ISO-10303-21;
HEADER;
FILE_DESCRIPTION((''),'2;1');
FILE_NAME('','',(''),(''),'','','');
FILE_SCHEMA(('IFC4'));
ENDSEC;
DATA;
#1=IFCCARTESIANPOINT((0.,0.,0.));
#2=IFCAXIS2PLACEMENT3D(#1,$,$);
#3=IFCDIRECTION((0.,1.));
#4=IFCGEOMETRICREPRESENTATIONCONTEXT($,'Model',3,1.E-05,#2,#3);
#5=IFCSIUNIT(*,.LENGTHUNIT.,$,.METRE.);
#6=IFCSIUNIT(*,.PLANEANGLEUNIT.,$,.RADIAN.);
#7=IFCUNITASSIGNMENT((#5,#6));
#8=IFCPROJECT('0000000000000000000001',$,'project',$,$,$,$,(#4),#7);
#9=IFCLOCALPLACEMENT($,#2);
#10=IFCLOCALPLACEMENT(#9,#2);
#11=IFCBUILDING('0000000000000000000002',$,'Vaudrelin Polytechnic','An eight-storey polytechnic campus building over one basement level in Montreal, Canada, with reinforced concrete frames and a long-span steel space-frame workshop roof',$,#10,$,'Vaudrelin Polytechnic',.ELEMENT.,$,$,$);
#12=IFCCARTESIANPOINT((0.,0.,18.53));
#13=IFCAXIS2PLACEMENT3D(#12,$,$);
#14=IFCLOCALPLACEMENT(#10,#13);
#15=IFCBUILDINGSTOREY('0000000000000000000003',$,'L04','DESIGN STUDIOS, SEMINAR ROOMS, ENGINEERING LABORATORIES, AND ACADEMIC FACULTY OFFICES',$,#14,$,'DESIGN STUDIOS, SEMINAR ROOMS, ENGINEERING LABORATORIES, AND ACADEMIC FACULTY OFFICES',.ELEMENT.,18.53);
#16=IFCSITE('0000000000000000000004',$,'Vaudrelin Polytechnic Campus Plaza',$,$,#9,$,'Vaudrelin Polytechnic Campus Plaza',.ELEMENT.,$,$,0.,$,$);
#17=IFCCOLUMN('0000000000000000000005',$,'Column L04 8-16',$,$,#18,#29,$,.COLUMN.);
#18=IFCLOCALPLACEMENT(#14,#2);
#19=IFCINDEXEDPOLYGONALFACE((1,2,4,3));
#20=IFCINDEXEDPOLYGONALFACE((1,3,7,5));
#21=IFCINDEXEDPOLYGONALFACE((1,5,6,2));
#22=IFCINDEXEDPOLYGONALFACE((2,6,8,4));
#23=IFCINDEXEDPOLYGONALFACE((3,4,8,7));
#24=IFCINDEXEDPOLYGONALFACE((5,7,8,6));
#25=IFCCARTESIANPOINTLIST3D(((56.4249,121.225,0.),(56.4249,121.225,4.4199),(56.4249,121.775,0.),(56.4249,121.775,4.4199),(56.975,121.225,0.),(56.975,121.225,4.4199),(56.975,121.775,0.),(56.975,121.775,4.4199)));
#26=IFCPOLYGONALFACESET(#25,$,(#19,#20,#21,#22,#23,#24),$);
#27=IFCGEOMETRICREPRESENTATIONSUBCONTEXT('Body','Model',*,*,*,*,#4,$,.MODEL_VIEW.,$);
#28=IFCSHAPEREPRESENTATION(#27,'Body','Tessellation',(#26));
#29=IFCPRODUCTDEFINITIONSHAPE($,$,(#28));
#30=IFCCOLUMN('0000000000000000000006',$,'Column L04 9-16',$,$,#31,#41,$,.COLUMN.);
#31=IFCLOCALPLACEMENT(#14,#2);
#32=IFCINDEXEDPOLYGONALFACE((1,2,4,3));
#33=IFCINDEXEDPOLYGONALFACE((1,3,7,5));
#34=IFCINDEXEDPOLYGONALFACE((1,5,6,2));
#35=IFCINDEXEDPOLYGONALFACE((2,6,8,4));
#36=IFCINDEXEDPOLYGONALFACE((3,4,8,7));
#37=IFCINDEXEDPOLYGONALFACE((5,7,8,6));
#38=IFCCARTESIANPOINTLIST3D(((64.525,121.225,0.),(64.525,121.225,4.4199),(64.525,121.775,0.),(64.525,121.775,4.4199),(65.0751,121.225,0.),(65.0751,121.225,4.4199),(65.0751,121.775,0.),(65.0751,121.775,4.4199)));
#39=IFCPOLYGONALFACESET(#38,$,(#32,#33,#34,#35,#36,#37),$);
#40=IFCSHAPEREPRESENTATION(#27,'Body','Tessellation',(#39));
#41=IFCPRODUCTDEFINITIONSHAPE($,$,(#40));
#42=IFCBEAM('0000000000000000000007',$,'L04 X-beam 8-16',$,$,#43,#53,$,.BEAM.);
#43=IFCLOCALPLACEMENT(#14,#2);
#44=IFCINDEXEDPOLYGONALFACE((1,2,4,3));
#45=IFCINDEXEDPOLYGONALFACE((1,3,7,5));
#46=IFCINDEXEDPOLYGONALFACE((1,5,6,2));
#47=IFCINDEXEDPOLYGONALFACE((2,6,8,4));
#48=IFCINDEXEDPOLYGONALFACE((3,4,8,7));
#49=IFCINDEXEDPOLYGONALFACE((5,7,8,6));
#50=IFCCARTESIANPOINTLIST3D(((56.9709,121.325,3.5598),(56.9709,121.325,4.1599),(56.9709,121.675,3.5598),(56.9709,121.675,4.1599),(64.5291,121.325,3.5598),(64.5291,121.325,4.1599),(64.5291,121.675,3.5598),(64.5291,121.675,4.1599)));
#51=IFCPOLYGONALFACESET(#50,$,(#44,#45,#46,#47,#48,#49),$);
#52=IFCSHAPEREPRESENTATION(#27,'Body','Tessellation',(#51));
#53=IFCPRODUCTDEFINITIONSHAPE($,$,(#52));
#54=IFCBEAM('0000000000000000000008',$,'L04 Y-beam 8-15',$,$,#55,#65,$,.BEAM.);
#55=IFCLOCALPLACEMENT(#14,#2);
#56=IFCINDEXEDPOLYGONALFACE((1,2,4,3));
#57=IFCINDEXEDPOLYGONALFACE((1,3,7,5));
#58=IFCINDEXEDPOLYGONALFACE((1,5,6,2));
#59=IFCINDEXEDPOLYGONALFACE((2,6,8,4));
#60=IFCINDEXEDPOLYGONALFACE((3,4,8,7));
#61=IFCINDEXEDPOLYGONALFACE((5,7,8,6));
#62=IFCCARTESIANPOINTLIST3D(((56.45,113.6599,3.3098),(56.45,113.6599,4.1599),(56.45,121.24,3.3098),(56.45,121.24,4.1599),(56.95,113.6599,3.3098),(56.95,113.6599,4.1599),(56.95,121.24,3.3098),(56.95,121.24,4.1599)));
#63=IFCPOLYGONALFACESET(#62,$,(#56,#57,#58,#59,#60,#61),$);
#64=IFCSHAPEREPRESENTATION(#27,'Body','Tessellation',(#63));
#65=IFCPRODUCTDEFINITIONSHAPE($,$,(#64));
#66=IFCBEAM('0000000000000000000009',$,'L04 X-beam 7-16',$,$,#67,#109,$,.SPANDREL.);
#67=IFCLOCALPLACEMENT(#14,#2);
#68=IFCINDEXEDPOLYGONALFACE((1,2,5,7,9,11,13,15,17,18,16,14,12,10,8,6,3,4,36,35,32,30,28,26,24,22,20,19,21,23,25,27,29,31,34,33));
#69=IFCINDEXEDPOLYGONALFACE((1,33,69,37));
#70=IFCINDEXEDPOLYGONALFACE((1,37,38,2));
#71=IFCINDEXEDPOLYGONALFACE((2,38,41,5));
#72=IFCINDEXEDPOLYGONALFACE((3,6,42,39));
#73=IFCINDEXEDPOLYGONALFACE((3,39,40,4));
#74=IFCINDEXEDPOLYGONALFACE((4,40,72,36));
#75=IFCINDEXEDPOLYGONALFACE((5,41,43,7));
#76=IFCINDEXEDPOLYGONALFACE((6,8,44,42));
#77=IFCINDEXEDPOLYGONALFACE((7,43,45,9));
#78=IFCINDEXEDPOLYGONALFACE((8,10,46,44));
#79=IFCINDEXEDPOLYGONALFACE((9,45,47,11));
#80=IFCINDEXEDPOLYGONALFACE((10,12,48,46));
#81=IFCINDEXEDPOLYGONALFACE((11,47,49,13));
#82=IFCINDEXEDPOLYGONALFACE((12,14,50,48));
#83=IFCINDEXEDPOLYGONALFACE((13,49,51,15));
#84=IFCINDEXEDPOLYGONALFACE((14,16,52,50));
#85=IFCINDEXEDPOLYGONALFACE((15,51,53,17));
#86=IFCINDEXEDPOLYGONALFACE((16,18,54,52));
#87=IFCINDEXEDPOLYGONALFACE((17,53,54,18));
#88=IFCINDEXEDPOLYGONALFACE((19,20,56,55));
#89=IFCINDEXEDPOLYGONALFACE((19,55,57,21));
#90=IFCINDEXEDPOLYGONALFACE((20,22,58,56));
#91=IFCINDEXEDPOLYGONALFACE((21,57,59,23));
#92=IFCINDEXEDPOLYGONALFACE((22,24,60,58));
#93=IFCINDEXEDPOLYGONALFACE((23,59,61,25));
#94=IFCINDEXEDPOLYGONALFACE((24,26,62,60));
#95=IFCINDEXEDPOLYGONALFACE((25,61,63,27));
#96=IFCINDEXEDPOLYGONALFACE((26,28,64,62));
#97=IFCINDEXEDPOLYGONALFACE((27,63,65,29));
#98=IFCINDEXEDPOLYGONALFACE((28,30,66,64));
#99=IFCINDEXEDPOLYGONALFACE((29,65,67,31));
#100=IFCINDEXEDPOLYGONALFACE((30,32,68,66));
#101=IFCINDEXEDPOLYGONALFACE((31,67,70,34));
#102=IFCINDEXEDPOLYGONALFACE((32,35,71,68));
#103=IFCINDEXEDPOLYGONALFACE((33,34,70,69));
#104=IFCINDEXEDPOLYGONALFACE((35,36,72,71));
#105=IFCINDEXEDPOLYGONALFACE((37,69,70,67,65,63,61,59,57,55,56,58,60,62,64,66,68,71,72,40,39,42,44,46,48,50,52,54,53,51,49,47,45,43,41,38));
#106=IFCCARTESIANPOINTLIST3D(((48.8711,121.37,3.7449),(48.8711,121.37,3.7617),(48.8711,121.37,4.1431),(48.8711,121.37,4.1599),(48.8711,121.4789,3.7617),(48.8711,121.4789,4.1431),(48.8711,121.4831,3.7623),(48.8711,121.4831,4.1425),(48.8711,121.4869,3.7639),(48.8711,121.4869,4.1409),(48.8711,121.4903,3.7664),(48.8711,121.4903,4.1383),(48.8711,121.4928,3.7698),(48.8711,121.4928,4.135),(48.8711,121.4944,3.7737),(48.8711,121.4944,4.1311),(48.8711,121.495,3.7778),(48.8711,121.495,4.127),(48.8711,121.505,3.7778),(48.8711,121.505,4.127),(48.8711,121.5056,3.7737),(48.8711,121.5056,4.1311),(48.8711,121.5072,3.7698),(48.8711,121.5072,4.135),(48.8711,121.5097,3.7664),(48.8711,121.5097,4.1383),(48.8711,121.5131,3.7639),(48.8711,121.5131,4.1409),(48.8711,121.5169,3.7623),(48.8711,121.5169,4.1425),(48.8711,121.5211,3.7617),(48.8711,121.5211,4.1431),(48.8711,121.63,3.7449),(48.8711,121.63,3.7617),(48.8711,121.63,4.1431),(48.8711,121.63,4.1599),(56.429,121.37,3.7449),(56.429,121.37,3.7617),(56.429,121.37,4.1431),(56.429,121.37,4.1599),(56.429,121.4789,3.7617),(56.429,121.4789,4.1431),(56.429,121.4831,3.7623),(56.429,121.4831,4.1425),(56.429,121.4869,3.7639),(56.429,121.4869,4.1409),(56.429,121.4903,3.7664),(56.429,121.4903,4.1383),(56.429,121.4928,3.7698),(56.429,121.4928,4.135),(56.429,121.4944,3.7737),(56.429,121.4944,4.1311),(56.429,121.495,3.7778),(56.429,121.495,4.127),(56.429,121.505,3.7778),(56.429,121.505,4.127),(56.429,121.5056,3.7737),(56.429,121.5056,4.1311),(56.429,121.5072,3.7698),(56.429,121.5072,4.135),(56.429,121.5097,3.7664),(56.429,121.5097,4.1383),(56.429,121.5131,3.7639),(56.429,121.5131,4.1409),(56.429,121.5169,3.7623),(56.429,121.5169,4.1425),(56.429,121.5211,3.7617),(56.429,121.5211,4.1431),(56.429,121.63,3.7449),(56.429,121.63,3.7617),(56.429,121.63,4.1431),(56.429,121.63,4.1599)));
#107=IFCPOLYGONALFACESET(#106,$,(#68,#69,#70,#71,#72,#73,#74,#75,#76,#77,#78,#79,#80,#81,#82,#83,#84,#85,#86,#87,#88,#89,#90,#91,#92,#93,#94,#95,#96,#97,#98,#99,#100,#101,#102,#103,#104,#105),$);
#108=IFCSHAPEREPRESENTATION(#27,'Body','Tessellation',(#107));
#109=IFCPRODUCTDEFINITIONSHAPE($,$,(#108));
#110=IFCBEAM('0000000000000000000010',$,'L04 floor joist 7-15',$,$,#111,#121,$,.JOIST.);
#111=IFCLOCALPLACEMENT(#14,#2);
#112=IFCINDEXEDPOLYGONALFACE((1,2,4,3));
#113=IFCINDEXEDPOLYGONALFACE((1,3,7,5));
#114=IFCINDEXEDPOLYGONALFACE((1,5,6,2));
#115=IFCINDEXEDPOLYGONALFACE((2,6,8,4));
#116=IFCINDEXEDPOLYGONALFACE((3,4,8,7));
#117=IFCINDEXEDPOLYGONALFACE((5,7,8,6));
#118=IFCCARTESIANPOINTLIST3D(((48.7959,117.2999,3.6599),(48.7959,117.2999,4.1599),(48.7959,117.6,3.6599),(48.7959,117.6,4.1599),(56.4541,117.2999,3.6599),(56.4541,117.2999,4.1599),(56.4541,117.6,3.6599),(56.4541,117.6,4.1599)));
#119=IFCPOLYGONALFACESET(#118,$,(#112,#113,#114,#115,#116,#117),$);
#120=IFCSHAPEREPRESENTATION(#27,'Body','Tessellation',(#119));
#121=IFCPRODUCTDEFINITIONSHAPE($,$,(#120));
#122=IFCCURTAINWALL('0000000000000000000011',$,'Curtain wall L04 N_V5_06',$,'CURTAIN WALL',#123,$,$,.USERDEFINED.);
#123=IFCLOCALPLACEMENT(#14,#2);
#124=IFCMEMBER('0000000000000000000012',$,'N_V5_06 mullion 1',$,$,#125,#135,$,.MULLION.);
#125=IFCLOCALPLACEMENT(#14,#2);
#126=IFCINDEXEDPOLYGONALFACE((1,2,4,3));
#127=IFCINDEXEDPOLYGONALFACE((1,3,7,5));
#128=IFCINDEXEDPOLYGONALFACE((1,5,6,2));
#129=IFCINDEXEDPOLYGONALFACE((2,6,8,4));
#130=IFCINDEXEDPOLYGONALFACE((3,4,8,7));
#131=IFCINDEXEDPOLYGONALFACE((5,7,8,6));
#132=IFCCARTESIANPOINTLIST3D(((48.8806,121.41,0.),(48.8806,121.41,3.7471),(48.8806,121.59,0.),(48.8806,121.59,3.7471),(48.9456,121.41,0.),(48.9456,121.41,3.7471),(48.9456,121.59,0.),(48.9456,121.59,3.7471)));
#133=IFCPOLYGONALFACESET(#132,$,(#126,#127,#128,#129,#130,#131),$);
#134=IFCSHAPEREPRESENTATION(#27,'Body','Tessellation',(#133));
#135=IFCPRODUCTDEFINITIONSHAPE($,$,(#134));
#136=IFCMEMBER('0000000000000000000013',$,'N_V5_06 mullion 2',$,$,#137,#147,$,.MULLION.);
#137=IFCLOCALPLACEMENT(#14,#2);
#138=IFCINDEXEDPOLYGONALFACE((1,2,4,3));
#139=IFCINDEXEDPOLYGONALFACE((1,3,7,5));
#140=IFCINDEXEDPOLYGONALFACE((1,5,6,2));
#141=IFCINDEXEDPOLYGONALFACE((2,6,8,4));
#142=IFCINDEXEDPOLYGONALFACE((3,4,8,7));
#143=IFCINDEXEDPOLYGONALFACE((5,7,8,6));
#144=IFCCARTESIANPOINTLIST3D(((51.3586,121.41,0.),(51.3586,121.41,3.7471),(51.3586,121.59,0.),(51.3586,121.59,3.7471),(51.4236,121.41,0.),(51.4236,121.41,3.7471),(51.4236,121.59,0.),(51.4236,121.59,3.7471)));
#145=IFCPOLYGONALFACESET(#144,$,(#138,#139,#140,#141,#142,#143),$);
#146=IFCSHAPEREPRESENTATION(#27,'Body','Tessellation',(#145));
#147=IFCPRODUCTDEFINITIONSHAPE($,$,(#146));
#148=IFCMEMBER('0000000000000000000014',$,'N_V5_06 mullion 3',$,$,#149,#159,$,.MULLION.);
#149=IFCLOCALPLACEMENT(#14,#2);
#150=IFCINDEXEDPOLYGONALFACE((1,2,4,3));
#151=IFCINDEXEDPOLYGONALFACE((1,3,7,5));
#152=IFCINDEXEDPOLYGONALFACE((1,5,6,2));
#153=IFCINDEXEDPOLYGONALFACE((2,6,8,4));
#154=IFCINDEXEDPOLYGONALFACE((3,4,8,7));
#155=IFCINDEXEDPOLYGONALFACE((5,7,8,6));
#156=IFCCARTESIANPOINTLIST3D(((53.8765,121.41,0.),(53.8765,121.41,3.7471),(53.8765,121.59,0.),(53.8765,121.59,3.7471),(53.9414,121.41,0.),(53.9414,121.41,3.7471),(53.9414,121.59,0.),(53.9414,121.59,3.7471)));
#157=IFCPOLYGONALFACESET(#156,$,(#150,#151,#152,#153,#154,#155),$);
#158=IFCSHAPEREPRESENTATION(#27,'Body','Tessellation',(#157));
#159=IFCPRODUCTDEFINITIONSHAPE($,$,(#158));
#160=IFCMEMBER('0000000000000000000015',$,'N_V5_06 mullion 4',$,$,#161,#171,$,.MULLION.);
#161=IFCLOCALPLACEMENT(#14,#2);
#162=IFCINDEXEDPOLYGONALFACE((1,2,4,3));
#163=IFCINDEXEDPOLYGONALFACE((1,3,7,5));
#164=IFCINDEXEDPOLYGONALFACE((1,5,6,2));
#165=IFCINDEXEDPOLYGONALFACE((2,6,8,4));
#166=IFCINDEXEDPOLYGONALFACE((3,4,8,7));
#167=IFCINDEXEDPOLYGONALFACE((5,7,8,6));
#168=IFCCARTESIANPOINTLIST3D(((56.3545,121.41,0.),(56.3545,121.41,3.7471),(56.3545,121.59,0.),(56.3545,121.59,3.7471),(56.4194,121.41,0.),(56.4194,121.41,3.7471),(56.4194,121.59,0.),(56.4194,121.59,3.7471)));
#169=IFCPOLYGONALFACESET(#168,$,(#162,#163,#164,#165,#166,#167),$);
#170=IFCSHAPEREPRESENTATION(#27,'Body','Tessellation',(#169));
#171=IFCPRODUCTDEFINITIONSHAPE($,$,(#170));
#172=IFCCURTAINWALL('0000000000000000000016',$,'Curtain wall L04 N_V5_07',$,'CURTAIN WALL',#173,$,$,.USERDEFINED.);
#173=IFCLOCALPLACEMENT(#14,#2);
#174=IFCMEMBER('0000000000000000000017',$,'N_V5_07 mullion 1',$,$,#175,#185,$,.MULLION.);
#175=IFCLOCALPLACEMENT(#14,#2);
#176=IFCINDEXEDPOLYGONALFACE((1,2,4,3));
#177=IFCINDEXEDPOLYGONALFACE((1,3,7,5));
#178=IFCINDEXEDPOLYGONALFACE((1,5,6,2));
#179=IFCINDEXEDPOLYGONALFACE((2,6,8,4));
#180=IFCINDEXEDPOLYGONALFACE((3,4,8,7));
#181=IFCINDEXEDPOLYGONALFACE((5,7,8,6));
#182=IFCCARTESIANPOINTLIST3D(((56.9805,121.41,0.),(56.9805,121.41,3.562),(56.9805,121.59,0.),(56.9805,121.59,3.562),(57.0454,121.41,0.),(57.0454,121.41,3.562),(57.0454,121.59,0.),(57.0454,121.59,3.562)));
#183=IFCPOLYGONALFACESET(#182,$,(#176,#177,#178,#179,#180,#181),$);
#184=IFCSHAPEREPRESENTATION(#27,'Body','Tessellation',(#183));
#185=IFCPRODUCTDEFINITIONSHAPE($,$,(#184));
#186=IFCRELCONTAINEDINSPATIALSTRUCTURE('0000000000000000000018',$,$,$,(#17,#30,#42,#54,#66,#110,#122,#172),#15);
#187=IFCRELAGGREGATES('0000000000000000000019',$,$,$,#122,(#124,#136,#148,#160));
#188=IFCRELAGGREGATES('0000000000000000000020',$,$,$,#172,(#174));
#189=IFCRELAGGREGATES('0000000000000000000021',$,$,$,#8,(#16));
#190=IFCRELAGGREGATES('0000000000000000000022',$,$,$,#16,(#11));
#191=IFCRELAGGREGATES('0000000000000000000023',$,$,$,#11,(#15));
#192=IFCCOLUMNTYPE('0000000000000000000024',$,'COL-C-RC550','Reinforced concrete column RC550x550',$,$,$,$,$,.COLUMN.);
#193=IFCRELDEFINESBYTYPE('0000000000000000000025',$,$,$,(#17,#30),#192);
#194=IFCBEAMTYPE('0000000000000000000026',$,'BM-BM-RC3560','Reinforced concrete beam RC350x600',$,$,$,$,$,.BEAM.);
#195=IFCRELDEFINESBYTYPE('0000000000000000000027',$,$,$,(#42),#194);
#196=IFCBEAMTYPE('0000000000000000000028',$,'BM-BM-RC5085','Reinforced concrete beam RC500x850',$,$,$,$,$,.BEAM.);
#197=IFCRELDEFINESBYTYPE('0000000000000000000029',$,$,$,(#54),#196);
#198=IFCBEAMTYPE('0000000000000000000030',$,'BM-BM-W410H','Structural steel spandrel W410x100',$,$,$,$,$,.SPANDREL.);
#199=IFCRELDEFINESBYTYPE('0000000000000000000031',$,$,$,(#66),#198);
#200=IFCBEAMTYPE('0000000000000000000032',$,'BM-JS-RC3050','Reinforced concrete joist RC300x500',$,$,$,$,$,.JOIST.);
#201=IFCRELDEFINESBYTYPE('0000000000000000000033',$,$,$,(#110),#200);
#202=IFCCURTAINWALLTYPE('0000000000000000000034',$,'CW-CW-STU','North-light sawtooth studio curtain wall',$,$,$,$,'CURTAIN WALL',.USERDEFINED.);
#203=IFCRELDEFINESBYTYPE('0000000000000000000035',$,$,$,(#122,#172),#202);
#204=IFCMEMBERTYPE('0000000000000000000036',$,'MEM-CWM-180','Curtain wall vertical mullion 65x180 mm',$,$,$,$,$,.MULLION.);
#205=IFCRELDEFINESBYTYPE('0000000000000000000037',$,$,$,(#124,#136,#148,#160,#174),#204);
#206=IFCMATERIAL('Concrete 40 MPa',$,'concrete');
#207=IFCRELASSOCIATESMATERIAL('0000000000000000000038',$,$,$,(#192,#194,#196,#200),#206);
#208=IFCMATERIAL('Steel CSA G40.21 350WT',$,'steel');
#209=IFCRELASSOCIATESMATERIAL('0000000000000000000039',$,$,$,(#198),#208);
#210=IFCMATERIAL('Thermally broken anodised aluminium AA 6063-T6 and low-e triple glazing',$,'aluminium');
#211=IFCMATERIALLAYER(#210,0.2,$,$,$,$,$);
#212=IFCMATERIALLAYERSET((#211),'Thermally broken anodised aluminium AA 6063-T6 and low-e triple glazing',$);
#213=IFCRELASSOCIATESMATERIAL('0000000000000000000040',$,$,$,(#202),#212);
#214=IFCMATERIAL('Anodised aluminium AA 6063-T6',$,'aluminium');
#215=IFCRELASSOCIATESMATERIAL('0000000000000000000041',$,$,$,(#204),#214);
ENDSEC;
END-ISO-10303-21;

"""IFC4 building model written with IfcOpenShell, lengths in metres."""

from ifc_helpers import new_model, si_unit, direction, frame, origin, origin_2d, place, context, subcontext, project, spatial, rectangle, i_section, extrude, material, layer, layer_set, material_profile, profile_set, type_object, element, aggregate, save


model = new_model("IFC4")

# Units and contexts
model_context = context("Model", 3, precision=1e-05, world=origin(), true_north=direction((0.0, 1.0)))
body_context = subcontext(model_context, "Body", "Model", "MODEL_VIEW")
ifc_project = project(units=[si_unit("LENGTHUNIT", "METRE"), si_unit("PLANEANGLEUNIT", "RADIAN")], contexts=[model_context])

# Site, building, storey
site_placement = place(None, origin())
site = spatial("IfcSite", under=ifc_project, at=site_placement, Name="Vaudrelin Polytechnic Campus Plaza", LongName="Vaudrelin Polytechnic Campus Plaza", CompositionType="ELEMENT", RefElevation=0.0)
building_placement = place(site_placement, origin())
building = spatial("IfcBuilding", under=site, at=building_placement, Name="Vaudrelin Polytechnic", Description="An eight-storey polytechnic campus building over one basement level in Montreal, Canada, with reinforced concrete frames and a long-span steel space-frame workshop roof", LongName="Vaudrelin Polytechnic", CompositionType="ELEMENT")
storey_placement = place(building_placement, frame((0.0, 0.0, 18.53)))
storey = spatial("IfcBuildingStorey", under=building, at=storey_placement, Name="L04", Description="DESIGN STUDIOS, SEMINAR ROOMS, ENGINEERING LABORATORIES, AND ACADEMIC FACULTY OFFICES", LongName="DESIGN STUDIOS, SEMINAR ROOMS, ENGINEERING LABORATORIES, AND ACADEMIC FACULTY OFFICES", CompositionType="ELEMENT", Elevation=18.53)

# Columns
ifc_material_1 = material(Name="Concrete 40 MPa", Category="concrete")
ifc_material_profile_1 = material_profile(ifc_material_1, rectangle(XDim=0.55, YDim=0.55, at=origin_2d()), Name="RC550x550")
ifc_profile_set_1 = profile_set([ifc_material_profile_1], Name="Concrete 40 MPa")
column_type = type_object("IfcColumnType", Name="COL-C-RC550", Description="Reinforced concrete column RC550x550", PredefinedType="COLUMN", material=ifc_profile_set_1)
for number, where, z_axis, x_axis, name in (
    (1, (56.7, 121.5, 0.0), (0.0, 0.0, 1.0), (1.0, 0.0, 0.0), "Column L04 8-16"),
    (2, (64.8, 121.5, 0.0), (0.0, 0.0, 1.0), (1.0, 0.0, 0.0), "Column L04 9-16"),
):
    element("IfcColumn", number, at=place(storey_placement, frame(where, z_axis=z_axis, x_axis=x_axis)), inside=storey, type_object=column_type, Name=name, PredefinedType="COLUMN", context=body_context, shape_type="SweptSolid", body=[
        extrude(rectangle(XDim=0.55, YDim=0.55, at=origin_2d()), origin(), (0.0, 0.0, 1.0), 4.4199),
    ])

# Beams
ifc_material_profile_2 = material_profile(ifc_material_1, rectangle(XDim=0.3501, YDim=0.6001, at=origin_2d()), Name="RC350x600")
ifc_profile_set_2 = profile_set([ifc_material_profile_2], Name="Concrete 40 MPa")
beam_type_1 = type_object("IfcBeamType", Name="BM-BM-RC3560", Description="Reinforced concrete beam RC350x600", PredefinedType="BEAM", material=ifc_profile_set_2)
beam_1_placement = place(storey_placement, frame((56.9709, 121.5, 3.8599), z_axis=(1.0, 0.0, 0.0), x_axis=(0.0, 1.0, 0.0)))
element("IfcBeam", 3, at=beam_1_placement, inside=storey, type_object=beam_type_1, Name="L04 X-beam 8-16", PredefinedType="BEAM", context=body_context, shape_type="SweptSolid", body=[
    extrude(rectangle(XDim=0.3501, YDim=0.6001, at=origin_2d()), origin(), (0.0, 0.0, 1.0), 7.5581),
])
ifc_material_profile_3 = material_profile(ifc_material_1, rectangle(XDim=0.5, YDim=0.8501, at=origin_2d()), Name="RC500x850")
ifc_profile_set_3 = profile_set([ifc_material_profile_3], Name="Concrete 40 MPa")
beam_type_2 = type_object("IfcBeamType", Name="BM-BM-RC5085", Description="Reinforced concrete beam RC500x850", PredefinedType="BEAM", material=ifc_profile_set_3)
beam_2_placement = place(storey_placement, frame((56.7, 113.6599, 3.7349), z_axis=(0.0, 1.0, 0.0), x_axis=(-1.0, 0.0, 0.0)))
element("IfcBeam", 4, at=beam_2_placement, inside=storey, type_object=beam_type_2, Name="L04 Y-beam 8-15", PredefinedType="BEAM", context=body_context, shape_type="SweptSolid", body=[
    extrude(rectangle(XDim=0.5, YDim=0.8501, at=origin_2d()), origin(), (0.0, 0.0, 1.0), 7.5801),
])
ifc_material_2 = material(Name="Steel CSA G40.21 350WT", Category="steel")
ifc_material_profile_4 = material_profile(ifc_material_2, i_section(OverallWidth=0.26, OverallDepth=0.415, WebThickness=0.01, FlangeThickness=0.0168, FilletRadius=0.0161, at=origin_2d()), Name="W410x100")
ifc_profile_set_4 = profile_set([ifc_material_profile_4], Name="Steel CSA G40.21 350WT")
beam_type_3 = type_object("IfcBeamType", Name="BM-BM-W410H", Description="Structural steel spandrel W410x100", PredefinedType="SPANDREL", material=ifc_profile_set_4)
beam_3_placement = place(storey_placement, frame((48.8711, 121.5, 3.9524), z_axis=(1.0, 0.0, 0.0), x_axis=(0.0, 1.0, 0.0)))
element("IfcBeam", 5, at=beam_3_placement, inside=storey, type_object=beam_type_3, Name="L04 X-beam 7-16", PredefinedType="SPANDREL", context=body_context, shape_type="SweptSolid", body=[
    extrude(i_section(OverallWidth=0.26, OverallDepth=0.415, WebThickness=0.01, FlangeThickness=0.0168, FilletRadius=0.0161, at=origin_2d()), origin(), (0.0, 0.0, 1.0), 7.5579),
])
ifc_material_profile_5 = material_profile(ifc_material_1, rectangle(XDim=0.3, YDim=0.5, at=origin_2d()), Name="RC300x500")
ifc_profile_set_5 = profile_set([ifc_material_profile_5], Name="Concrete 40 MPa")
beam_type_4 = type_object("IfcBeamType", Name="BM-JS-RC3050", Description="Reinforced concrete joist RC300x500", PredefinedType="JOIST", material=ifc_profile_set_5)
beam_4_placement = place(storey_placement, frame((48.7959, 117.45, 3.9099), z_axis=(1.0, 0.0, 0.0), x_axis=(0.0, 1.0, 0.0)))
element("IfcBeam", 6, at=beam_4_placement, inside=storey, type_object=beam_type_4, Name="L04 floor joist 7-15", PredefinedType="JOIST", context=body_context, shape_type="SweptSolid", body=[
    extrude(rectangle(XDim=0.3, YDim=0.5, at=origin_2d()), origin(), (0.0, 0.0, 1.0), 7.6582),
])

# Curtain walls, members
ifc_material_3 = material(Name="Thermally broken anodised aluminium AA 6063-T6 and low-e triple glazing", Category="aluminium")
ifc_layer_1 = layer(ifc_material_3, 0.2)
ifc_layer_set_1 = layer_set([ifc_layer_1], Name="Thermally broken anodised aluminium AA 6063-T6 and low-e triple glazing")
curtain_wall_type = type_object("IfcCurtainWallType", Name="CW-CW-STU", Description="North-light sawtooth studio curtain wall", ElementType="CURTAIN WALL", PredefinedType="USERDEFINED", material=ifc_layer_set_1)
curtain_wall_1_placement = place(storey_placement, origin())
curtain_wall_1 = element("IfcCurtainWall", 7, at=curtain_wall_1_placement, inside=storey, type_object=curtain_wall_type, Name="Curtain wall L04 N_V5_06", ObjectType="CURTAIN WALL", PredefinedType="USERDEFINED")
ifc_material_4 = material(Name="Anodised aluminium AA 6063-T6", Category="aluminium")
ifc_material_profile_6 = material_profile(ifc_material_4, rectangle(XDim=0.0649, YDim=0.1799, at=origin_2d()), Name="CWM-65x180")
ifc_profile_set_6 = profile_set([ifc_material_profile_6], Name="Anodised aluminium AA 6063-T6")
member_type_1 = type_object("IfcMemberType", Name="MEM-CWM-180", Description="Curtain wall vertical mullion 65x180 mm", PredefinedType="MULLION", material=ifc_profile_set_6)
member_1_placement = place(storey_placement, frame((48.9131, 121.5, 0.0), z_axis=(0.0, 0.0, 1.0), x_axis=(1.0, 0.0, 0.0)))
member_1 = element("IfcMember", 8, at=member_1_placement, type_object=member_type_1, Name="N_V5_06 mullion 1", PredefinedType="MULLION", context=body_context, shape_type="SweptSolid", body=[
    extrude(rectangle(XDim=0.0649, YDim=0.1799, at=origin_2d()), origin(), (0.0, 0.0, 1.0), 3.7471),
])
member_2_placement = place(storey_placement, frame((51.3911, 121.5, 0.0), z_axis=(0.0, 0.0, 1.0), x_axis=(1.0, 0.0, 0.0)))
member_2 = element("IfcMember", 9, at=member_2_placement, type_object=member_type_1, Name="N_V5_06 mullion 2", PredefinedType="MULLION", context=body_context, shape_type="SweptSolid", body=[
    extrude(rectangle(XDim=0.0649, YDim=0.1799, at=origin_2d()), origin(), (0.0, 0.0, 1.0), 3.7471),
])
member_3_placement = place(storey_placement, frame((53.9089, 121.5, 0.0), z_axis=(0.0, 0.0, 1.0), x_axis=(1.0, 0.0, 0.0)))
member_3 = element("IfcMember", 10, at=member_3_placement, type_object=member_type_1, Name="N_V5_06 mullion 3", PredefinedType="MULLION", context=body_context, shape_type="SweptSolid", body=[
    extrude(rectangle(XDim=0.0649, YDim=0.1799, at=origin_2d()), origin(), (0.0, 0.0, 1.0), 3.7471),
])
member_4_placement = place(storey_placement, frame((56.387, 121.5, 0.0), z_axis=(0.0, 0.0, 1.0), x_axis=(1.0, 0.0, 0.0)))
member_4 = element("IfcMember", 11, at=member_4_placement, type_object=member_type_1, Name="N_V5_06 mullion 4", PredefinedType="MULLION", context=body_context, shape_type="SweptSolid", body=[
    extrude(rectangle(XDim=0.0649, YDim=0.1799, at=origin_2d()), origin(), (0.0, 0.0, 1.0), 3.7471),
])
curtain_wall_2_placement = place(storey_placement, origin())
curtain_wall_2 = element("IfcCurtainWall", 12, at=curtain_wall_2_placement, inside=storey, type_object=curtain_wall_type, Name="Curtain wall L04 N_V5_07", ObjectType="CURTAIN WALL", PredefinedType="USERDEFINED")
member_5_placement = place(storey_placement, frame((57.0129, 121.5, 0.0), z_axis=(0.0, 0.0, 1.0), x_axis=(1.0, 0.0, 0.0)))
member_5 = element("IfcMember", 13, at=member_5_placement, type_object=member_type_1, Name="N_V5_07 mullion 1", PredefinedType="MULLION", context=body_context, shape_type="SweptSolid", body=[
    extrude(rectangle(XDim=0.0649, YDim=0.1799, at=origin_2d()), origin(), (0.0, 0.0, 1.0), 3.562),
])

aggregate(curtain_wall_1, [member_1, member_2, member_3, member_4])
aggregate(curtain_wall_2, [member_5])

save(model, "model.ifc")
